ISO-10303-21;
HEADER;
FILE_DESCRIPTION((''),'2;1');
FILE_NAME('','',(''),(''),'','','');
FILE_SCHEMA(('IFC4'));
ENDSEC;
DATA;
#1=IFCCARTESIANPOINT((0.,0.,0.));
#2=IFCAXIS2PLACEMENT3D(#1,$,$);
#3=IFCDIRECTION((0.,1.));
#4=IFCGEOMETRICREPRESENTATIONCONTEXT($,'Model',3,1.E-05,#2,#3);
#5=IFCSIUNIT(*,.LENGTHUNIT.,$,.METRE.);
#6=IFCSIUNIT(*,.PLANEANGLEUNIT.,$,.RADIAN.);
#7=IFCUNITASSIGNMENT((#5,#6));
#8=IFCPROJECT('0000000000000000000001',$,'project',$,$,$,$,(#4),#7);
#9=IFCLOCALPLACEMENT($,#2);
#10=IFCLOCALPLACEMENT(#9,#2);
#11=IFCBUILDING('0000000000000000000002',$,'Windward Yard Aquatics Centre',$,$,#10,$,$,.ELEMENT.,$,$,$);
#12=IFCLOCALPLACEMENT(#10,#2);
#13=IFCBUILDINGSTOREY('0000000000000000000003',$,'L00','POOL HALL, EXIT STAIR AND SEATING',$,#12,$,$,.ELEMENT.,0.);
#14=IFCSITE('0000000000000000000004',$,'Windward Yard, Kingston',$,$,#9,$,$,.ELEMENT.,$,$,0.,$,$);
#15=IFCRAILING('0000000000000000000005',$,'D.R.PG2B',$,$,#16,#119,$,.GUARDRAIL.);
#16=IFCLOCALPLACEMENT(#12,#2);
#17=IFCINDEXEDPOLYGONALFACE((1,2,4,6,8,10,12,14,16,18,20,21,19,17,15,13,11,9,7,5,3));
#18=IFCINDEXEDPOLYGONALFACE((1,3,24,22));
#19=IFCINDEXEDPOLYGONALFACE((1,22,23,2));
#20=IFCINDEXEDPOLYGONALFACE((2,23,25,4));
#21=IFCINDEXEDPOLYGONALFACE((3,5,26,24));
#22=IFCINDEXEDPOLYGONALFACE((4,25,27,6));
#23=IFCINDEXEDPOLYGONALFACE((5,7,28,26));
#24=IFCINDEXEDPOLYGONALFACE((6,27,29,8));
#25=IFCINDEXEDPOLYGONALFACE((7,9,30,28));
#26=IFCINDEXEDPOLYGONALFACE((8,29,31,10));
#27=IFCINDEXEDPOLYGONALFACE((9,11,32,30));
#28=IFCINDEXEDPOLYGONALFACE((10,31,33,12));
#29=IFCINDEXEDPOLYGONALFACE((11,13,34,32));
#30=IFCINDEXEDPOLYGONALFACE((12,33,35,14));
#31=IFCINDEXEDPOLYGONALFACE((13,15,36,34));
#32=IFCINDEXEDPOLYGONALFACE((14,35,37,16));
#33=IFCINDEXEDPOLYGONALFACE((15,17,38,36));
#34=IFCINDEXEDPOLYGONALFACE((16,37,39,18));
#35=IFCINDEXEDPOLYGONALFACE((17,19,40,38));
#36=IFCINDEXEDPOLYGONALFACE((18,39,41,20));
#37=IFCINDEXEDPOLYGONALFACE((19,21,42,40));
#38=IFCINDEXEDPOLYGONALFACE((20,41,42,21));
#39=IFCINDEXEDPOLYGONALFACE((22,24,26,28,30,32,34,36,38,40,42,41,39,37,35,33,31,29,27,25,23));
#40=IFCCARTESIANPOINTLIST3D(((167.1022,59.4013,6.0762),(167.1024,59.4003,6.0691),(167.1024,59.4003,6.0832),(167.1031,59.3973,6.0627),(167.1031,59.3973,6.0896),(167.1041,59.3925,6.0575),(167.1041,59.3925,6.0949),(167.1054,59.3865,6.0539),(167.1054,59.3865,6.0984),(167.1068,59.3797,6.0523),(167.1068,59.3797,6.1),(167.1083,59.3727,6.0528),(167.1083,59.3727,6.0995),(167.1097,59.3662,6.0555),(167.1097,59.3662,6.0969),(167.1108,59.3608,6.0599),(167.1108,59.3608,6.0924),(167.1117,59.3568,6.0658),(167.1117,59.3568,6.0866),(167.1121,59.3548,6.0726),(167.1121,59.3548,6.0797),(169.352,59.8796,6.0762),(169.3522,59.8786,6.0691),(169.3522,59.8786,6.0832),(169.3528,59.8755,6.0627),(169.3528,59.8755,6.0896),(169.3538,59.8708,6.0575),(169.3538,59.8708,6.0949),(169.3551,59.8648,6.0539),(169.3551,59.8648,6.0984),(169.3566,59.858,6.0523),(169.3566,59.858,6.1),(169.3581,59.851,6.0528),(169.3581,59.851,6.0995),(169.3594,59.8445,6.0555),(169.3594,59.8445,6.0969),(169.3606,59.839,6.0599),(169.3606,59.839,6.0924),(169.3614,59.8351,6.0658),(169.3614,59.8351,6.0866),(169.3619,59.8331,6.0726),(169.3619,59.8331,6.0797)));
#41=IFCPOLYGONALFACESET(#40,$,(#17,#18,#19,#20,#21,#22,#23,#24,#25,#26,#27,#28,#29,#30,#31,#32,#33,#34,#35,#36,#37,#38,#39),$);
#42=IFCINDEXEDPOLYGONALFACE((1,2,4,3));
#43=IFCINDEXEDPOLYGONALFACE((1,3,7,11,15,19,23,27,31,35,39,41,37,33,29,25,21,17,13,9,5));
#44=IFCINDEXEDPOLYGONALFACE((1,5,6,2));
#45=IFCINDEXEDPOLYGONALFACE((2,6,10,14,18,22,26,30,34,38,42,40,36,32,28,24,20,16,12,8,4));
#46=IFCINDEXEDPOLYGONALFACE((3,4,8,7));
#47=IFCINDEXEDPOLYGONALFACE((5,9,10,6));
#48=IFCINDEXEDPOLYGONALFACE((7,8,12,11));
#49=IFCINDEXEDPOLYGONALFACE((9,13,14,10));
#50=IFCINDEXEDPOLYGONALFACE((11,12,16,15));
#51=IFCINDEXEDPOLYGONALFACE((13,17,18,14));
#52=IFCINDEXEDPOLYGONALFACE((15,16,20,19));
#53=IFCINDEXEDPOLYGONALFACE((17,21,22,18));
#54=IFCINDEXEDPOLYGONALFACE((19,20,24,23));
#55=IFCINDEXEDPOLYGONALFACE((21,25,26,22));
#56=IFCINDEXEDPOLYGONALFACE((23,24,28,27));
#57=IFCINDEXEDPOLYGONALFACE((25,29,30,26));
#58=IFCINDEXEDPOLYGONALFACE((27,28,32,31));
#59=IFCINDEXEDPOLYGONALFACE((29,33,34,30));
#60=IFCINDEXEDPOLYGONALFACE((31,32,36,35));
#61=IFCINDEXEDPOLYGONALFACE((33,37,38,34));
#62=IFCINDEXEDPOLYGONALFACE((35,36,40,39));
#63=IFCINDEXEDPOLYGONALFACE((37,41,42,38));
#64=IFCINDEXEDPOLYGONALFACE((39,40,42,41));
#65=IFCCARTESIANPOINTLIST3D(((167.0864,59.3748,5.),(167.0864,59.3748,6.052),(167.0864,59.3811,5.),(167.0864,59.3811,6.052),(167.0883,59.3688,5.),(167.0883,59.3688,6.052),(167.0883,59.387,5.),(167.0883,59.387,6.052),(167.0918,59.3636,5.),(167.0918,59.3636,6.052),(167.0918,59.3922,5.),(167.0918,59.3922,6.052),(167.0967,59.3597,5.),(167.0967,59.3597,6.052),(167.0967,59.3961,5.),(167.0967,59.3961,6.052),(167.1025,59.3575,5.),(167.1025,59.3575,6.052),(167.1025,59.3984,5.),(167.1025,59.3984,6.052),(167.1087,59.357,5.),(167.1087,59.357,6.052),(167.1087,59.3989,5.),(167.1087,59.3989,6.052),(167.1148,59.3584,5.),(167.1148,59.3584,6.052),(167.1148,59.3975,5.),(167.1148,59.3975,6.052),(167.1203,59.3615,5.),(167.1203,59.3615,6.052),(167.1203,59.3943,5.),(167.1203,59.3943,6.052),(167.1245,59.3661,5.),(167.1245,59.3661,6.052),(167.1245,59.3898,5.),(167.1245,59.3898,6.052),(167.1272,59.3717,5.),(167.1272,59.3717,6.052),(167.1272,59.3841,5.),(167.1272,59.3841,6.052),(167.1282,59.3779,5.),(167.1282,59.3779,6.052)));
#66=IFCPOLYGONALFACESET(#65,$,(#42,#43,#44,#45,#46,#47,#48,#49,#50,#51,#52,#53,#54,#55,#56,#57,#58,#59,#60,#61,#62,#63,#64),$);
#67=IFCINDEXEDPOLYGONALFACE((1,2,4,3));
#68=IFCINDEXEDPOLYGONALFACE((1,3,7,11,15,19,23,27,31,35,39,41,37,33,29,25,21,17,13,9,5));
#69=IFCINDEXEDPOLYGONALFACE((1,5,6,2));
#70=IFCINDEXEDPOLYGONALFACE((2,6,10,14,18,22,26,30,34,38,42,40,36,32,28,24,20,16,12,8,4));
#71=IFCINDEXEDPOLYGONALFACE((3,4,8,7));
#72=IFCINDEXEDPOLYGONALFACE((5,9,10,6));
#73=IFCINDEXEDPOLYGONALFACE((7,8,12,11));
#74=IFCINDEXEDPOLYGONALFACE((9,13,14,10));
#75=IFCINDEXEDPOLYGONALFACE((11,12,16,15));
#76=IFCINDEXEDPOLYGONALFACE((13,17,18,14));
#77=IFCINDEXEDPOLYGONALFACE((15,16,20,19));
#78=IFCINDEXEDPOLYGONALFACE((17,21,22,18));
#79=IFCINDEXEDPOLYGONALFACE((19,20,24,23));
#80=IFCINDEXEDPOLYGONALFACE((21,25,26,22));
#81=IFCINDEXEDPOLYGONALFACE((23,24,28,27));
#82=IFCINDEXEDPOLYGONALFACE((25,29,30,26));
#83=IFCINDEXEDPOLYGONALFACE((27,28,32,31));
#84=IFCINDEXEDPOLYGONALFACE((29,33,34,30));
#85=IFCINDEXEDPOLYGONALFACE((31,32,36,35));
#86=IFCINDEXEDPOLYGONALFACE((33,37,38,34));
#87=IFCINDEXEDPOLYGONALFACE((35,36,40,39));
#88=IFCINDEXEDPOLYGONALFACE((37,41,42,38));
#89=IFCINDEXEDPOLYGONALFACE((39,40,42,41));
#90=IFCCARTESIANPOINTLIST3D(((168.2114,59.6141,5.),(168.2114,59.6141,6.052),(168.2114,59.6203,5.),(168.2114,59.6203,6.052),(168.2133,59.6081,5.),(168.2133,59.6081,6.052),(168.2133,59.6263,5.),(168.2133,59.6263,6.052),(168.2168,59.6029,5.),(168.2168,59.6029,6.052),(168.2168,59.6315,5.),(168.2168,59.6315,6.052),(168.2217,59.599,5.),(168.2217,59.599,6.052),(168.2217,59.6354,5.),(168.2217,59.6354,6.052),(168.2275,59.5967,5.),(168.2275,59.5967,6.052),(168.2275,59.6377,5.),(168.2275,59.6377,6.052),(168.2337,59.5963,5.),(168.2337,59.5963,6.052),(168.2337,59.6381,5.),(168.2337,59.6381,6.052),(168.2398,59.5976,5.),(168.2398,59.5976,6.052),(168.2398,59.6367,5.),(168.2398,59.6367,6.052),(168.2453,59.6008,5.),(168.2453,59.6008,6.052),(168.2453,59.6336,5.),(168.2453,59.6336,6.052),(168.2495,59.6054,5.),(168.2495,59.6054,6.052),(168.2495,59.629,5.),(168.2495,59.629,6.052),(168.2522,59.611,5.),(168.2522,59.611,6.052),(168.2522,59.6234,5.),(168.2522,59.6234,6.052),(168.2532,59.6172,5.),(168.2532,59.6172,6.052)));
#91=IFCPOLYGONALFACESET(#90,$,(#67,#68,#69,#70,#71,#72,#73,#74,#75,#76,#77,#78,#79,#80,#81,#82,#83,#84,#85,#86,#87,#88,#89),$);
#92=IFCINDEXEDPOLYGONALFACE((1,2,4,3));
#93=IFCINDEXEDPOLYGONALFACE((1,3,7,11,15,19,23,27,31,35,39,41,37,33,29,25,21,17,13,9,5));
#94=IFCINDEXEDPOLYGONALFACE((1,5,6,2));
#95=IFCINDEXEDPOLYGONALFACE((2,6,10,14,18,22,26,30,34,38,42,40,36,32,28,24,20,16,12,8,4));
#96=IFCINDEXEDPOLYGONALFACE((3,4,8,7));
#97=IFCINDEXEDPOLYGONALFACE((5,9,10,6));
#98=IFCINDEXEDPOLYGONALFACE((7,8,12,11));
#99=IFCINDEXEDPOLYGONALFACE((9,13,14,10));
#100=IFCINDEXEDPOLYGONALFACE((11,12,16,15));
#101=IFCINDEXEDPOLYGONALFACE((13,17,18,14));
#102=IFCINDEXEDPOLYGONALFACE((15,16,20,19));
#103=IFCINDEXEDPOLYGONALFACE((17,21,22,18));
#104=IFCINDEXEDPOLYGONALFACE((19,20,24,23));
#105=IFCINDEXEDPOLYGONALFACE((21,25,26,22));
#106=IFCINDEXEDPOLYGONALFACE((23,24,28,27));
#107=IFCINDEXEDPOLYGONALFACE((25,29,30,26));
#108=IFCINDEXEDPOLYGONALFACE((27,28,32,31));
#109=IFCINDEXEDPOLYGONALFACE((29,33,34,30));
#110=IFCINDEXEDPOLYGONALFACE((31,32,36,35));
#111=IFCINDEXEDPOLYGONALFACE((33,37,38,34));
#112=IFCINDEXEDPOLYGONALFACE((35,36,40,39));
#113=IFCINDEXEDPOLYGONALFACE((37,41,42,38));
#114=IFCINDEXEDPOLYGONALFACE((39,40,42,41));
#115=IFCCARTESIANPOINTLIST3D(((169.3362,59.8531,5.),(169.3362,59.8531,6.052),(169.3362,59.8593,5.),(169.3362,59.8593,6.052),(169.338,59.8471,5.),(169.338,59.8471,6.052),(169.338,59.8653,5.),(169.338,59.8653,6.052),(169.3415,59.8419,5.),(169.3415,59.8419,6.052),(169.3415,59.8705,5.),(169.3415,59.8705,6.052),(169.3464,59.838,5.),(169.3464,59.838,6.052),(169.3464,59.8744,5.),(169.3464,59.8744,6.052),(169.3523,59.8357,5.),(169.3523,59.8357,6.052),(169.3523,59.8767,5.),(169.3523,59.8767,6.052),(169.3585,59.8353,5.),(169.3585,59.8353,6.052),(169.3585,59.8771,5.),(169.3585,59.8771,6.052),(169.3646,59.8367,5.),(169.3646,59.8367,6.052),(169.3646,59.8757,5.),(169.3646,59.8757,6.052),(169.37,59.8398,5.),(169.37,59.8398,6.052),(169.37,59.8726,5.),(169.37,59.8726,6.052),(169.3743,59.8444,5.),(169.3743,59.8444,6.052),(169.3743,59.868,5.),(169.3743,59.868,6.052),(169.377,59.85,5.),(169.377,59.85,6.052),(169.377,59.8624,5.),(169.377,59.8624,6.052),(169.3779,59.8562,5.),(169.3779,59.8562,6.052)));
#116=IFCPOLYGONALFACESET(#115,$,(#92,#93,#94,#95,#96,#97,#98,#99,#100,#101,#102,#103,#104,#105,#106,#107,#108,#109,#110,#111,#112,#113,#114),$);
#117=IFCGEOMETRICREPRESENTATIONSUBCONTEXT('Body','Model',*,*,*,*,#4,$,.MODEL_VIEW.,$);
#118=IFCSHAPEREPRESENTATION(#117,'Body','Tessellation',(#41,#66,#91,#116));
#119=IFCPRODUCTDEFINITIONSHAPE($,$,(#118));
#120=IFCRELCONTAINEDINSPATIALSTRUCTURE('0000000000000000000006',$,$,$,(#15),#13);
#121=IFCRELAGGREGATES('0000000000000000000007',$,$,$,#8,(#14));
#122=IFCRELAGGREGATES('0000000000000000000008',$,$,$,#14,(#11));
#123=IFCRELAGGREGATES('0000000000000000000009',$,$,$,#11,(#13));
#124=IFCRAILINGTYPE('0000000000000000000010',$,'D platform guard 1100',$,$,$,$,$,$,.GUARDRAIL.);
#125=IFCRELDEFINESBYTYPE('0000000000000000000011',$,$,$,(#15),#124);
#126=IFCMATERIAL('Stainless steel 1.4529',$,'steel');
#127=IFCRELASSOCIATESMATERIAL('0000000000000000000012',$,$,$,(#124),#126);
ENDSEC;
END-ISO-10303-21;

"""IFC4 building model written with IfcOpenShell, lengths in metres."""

from ifc_helpers import new_model, si_unit, direction, frame, origin, origin_2d, place, context, subcontext, project, spatial, circle, extrude, material, type_object, element, save


model = new_model("IFC4")

# Units and contexts
model_context = context("Model", 3, precision=1e-05, world=origin(), true_north=direction((0.0, 1.0)))
body_context = subcontext(model_context, "Body", "Model", "MODEL_VIEW")
ifc_project = project(units=[si_unit("LENGTHUNIT", "METRE"), si_unit("PLANEANGLEUNIT", "RADIAN")], contexts=[model_context])

# Site, building, storey
site_placement = place(None, origin())
site = spatial("IfcSite", under=ifc_project, at=site_placement, Name="Windward Yard, Kingston", CompositionType="ELEMENT", RefElevation=0.0)
building_placement = place(site_placement, origin())
building = spatial("IfcBuilding", under=site, at=building_placement, Name="Windward Yard Aquatics Centre", CompositionType="ELEMENT")
storey_placement = place(building_placement, origin())
storey = spatial("IfcBuildingStorey", under=building, at=storey_placement, Name="L00", Description="POOL HALL, EXIT STAIR AND SEATING", CompositionType="ELEMENT", Elevation=0.0)

# Railing
ifc_material_1 = material(Name="Stainless steel 1.4529", Category="steel")
railing_type = type_object("IfcRailingType", Name="D platform guard 1100", PredefinedType="GUARDRAIL", material=ifc_material_1)
railing_1_placement = place(storey_placement, frame((167.1072, 59.3779, 5.0)))
element("IfcRailing", 1, at=railing_1_placement, inside=storey, type_object=railing_type, Name="D.R.PG2B", PredefinedType="GUARDRAIL", context=body_context, shape_type="SweptSolid", body=[
    extrude(circle(Radius=0.0239, at=origin_2d()), frame((0.0, 0.0, 1.0762), z_axis=(0.978141, 0.207941, 0.0), x_axis=(-0.207941, 0.978141, 0.0)), (0.0, 0.0, 1.0), 2.3),
    extrude(circle(Radius=0.021, at=origin_2d()), origin(), (0.0, 0.0, 1.0), 1.052),
    extrude(circle(Radius=0.021, at=origin_2d()), frame((1.125, 0.2393, 0.0)), (0.0, 0.0, 1.0), 1.052),
    extrude(circle(Radius=0.021, at=origin_2d()), frame((2.2498, 0.4783, 0.0)), (0.0, 0.0, 1.0), 1.052),
])

save(model, "model.ifc")
